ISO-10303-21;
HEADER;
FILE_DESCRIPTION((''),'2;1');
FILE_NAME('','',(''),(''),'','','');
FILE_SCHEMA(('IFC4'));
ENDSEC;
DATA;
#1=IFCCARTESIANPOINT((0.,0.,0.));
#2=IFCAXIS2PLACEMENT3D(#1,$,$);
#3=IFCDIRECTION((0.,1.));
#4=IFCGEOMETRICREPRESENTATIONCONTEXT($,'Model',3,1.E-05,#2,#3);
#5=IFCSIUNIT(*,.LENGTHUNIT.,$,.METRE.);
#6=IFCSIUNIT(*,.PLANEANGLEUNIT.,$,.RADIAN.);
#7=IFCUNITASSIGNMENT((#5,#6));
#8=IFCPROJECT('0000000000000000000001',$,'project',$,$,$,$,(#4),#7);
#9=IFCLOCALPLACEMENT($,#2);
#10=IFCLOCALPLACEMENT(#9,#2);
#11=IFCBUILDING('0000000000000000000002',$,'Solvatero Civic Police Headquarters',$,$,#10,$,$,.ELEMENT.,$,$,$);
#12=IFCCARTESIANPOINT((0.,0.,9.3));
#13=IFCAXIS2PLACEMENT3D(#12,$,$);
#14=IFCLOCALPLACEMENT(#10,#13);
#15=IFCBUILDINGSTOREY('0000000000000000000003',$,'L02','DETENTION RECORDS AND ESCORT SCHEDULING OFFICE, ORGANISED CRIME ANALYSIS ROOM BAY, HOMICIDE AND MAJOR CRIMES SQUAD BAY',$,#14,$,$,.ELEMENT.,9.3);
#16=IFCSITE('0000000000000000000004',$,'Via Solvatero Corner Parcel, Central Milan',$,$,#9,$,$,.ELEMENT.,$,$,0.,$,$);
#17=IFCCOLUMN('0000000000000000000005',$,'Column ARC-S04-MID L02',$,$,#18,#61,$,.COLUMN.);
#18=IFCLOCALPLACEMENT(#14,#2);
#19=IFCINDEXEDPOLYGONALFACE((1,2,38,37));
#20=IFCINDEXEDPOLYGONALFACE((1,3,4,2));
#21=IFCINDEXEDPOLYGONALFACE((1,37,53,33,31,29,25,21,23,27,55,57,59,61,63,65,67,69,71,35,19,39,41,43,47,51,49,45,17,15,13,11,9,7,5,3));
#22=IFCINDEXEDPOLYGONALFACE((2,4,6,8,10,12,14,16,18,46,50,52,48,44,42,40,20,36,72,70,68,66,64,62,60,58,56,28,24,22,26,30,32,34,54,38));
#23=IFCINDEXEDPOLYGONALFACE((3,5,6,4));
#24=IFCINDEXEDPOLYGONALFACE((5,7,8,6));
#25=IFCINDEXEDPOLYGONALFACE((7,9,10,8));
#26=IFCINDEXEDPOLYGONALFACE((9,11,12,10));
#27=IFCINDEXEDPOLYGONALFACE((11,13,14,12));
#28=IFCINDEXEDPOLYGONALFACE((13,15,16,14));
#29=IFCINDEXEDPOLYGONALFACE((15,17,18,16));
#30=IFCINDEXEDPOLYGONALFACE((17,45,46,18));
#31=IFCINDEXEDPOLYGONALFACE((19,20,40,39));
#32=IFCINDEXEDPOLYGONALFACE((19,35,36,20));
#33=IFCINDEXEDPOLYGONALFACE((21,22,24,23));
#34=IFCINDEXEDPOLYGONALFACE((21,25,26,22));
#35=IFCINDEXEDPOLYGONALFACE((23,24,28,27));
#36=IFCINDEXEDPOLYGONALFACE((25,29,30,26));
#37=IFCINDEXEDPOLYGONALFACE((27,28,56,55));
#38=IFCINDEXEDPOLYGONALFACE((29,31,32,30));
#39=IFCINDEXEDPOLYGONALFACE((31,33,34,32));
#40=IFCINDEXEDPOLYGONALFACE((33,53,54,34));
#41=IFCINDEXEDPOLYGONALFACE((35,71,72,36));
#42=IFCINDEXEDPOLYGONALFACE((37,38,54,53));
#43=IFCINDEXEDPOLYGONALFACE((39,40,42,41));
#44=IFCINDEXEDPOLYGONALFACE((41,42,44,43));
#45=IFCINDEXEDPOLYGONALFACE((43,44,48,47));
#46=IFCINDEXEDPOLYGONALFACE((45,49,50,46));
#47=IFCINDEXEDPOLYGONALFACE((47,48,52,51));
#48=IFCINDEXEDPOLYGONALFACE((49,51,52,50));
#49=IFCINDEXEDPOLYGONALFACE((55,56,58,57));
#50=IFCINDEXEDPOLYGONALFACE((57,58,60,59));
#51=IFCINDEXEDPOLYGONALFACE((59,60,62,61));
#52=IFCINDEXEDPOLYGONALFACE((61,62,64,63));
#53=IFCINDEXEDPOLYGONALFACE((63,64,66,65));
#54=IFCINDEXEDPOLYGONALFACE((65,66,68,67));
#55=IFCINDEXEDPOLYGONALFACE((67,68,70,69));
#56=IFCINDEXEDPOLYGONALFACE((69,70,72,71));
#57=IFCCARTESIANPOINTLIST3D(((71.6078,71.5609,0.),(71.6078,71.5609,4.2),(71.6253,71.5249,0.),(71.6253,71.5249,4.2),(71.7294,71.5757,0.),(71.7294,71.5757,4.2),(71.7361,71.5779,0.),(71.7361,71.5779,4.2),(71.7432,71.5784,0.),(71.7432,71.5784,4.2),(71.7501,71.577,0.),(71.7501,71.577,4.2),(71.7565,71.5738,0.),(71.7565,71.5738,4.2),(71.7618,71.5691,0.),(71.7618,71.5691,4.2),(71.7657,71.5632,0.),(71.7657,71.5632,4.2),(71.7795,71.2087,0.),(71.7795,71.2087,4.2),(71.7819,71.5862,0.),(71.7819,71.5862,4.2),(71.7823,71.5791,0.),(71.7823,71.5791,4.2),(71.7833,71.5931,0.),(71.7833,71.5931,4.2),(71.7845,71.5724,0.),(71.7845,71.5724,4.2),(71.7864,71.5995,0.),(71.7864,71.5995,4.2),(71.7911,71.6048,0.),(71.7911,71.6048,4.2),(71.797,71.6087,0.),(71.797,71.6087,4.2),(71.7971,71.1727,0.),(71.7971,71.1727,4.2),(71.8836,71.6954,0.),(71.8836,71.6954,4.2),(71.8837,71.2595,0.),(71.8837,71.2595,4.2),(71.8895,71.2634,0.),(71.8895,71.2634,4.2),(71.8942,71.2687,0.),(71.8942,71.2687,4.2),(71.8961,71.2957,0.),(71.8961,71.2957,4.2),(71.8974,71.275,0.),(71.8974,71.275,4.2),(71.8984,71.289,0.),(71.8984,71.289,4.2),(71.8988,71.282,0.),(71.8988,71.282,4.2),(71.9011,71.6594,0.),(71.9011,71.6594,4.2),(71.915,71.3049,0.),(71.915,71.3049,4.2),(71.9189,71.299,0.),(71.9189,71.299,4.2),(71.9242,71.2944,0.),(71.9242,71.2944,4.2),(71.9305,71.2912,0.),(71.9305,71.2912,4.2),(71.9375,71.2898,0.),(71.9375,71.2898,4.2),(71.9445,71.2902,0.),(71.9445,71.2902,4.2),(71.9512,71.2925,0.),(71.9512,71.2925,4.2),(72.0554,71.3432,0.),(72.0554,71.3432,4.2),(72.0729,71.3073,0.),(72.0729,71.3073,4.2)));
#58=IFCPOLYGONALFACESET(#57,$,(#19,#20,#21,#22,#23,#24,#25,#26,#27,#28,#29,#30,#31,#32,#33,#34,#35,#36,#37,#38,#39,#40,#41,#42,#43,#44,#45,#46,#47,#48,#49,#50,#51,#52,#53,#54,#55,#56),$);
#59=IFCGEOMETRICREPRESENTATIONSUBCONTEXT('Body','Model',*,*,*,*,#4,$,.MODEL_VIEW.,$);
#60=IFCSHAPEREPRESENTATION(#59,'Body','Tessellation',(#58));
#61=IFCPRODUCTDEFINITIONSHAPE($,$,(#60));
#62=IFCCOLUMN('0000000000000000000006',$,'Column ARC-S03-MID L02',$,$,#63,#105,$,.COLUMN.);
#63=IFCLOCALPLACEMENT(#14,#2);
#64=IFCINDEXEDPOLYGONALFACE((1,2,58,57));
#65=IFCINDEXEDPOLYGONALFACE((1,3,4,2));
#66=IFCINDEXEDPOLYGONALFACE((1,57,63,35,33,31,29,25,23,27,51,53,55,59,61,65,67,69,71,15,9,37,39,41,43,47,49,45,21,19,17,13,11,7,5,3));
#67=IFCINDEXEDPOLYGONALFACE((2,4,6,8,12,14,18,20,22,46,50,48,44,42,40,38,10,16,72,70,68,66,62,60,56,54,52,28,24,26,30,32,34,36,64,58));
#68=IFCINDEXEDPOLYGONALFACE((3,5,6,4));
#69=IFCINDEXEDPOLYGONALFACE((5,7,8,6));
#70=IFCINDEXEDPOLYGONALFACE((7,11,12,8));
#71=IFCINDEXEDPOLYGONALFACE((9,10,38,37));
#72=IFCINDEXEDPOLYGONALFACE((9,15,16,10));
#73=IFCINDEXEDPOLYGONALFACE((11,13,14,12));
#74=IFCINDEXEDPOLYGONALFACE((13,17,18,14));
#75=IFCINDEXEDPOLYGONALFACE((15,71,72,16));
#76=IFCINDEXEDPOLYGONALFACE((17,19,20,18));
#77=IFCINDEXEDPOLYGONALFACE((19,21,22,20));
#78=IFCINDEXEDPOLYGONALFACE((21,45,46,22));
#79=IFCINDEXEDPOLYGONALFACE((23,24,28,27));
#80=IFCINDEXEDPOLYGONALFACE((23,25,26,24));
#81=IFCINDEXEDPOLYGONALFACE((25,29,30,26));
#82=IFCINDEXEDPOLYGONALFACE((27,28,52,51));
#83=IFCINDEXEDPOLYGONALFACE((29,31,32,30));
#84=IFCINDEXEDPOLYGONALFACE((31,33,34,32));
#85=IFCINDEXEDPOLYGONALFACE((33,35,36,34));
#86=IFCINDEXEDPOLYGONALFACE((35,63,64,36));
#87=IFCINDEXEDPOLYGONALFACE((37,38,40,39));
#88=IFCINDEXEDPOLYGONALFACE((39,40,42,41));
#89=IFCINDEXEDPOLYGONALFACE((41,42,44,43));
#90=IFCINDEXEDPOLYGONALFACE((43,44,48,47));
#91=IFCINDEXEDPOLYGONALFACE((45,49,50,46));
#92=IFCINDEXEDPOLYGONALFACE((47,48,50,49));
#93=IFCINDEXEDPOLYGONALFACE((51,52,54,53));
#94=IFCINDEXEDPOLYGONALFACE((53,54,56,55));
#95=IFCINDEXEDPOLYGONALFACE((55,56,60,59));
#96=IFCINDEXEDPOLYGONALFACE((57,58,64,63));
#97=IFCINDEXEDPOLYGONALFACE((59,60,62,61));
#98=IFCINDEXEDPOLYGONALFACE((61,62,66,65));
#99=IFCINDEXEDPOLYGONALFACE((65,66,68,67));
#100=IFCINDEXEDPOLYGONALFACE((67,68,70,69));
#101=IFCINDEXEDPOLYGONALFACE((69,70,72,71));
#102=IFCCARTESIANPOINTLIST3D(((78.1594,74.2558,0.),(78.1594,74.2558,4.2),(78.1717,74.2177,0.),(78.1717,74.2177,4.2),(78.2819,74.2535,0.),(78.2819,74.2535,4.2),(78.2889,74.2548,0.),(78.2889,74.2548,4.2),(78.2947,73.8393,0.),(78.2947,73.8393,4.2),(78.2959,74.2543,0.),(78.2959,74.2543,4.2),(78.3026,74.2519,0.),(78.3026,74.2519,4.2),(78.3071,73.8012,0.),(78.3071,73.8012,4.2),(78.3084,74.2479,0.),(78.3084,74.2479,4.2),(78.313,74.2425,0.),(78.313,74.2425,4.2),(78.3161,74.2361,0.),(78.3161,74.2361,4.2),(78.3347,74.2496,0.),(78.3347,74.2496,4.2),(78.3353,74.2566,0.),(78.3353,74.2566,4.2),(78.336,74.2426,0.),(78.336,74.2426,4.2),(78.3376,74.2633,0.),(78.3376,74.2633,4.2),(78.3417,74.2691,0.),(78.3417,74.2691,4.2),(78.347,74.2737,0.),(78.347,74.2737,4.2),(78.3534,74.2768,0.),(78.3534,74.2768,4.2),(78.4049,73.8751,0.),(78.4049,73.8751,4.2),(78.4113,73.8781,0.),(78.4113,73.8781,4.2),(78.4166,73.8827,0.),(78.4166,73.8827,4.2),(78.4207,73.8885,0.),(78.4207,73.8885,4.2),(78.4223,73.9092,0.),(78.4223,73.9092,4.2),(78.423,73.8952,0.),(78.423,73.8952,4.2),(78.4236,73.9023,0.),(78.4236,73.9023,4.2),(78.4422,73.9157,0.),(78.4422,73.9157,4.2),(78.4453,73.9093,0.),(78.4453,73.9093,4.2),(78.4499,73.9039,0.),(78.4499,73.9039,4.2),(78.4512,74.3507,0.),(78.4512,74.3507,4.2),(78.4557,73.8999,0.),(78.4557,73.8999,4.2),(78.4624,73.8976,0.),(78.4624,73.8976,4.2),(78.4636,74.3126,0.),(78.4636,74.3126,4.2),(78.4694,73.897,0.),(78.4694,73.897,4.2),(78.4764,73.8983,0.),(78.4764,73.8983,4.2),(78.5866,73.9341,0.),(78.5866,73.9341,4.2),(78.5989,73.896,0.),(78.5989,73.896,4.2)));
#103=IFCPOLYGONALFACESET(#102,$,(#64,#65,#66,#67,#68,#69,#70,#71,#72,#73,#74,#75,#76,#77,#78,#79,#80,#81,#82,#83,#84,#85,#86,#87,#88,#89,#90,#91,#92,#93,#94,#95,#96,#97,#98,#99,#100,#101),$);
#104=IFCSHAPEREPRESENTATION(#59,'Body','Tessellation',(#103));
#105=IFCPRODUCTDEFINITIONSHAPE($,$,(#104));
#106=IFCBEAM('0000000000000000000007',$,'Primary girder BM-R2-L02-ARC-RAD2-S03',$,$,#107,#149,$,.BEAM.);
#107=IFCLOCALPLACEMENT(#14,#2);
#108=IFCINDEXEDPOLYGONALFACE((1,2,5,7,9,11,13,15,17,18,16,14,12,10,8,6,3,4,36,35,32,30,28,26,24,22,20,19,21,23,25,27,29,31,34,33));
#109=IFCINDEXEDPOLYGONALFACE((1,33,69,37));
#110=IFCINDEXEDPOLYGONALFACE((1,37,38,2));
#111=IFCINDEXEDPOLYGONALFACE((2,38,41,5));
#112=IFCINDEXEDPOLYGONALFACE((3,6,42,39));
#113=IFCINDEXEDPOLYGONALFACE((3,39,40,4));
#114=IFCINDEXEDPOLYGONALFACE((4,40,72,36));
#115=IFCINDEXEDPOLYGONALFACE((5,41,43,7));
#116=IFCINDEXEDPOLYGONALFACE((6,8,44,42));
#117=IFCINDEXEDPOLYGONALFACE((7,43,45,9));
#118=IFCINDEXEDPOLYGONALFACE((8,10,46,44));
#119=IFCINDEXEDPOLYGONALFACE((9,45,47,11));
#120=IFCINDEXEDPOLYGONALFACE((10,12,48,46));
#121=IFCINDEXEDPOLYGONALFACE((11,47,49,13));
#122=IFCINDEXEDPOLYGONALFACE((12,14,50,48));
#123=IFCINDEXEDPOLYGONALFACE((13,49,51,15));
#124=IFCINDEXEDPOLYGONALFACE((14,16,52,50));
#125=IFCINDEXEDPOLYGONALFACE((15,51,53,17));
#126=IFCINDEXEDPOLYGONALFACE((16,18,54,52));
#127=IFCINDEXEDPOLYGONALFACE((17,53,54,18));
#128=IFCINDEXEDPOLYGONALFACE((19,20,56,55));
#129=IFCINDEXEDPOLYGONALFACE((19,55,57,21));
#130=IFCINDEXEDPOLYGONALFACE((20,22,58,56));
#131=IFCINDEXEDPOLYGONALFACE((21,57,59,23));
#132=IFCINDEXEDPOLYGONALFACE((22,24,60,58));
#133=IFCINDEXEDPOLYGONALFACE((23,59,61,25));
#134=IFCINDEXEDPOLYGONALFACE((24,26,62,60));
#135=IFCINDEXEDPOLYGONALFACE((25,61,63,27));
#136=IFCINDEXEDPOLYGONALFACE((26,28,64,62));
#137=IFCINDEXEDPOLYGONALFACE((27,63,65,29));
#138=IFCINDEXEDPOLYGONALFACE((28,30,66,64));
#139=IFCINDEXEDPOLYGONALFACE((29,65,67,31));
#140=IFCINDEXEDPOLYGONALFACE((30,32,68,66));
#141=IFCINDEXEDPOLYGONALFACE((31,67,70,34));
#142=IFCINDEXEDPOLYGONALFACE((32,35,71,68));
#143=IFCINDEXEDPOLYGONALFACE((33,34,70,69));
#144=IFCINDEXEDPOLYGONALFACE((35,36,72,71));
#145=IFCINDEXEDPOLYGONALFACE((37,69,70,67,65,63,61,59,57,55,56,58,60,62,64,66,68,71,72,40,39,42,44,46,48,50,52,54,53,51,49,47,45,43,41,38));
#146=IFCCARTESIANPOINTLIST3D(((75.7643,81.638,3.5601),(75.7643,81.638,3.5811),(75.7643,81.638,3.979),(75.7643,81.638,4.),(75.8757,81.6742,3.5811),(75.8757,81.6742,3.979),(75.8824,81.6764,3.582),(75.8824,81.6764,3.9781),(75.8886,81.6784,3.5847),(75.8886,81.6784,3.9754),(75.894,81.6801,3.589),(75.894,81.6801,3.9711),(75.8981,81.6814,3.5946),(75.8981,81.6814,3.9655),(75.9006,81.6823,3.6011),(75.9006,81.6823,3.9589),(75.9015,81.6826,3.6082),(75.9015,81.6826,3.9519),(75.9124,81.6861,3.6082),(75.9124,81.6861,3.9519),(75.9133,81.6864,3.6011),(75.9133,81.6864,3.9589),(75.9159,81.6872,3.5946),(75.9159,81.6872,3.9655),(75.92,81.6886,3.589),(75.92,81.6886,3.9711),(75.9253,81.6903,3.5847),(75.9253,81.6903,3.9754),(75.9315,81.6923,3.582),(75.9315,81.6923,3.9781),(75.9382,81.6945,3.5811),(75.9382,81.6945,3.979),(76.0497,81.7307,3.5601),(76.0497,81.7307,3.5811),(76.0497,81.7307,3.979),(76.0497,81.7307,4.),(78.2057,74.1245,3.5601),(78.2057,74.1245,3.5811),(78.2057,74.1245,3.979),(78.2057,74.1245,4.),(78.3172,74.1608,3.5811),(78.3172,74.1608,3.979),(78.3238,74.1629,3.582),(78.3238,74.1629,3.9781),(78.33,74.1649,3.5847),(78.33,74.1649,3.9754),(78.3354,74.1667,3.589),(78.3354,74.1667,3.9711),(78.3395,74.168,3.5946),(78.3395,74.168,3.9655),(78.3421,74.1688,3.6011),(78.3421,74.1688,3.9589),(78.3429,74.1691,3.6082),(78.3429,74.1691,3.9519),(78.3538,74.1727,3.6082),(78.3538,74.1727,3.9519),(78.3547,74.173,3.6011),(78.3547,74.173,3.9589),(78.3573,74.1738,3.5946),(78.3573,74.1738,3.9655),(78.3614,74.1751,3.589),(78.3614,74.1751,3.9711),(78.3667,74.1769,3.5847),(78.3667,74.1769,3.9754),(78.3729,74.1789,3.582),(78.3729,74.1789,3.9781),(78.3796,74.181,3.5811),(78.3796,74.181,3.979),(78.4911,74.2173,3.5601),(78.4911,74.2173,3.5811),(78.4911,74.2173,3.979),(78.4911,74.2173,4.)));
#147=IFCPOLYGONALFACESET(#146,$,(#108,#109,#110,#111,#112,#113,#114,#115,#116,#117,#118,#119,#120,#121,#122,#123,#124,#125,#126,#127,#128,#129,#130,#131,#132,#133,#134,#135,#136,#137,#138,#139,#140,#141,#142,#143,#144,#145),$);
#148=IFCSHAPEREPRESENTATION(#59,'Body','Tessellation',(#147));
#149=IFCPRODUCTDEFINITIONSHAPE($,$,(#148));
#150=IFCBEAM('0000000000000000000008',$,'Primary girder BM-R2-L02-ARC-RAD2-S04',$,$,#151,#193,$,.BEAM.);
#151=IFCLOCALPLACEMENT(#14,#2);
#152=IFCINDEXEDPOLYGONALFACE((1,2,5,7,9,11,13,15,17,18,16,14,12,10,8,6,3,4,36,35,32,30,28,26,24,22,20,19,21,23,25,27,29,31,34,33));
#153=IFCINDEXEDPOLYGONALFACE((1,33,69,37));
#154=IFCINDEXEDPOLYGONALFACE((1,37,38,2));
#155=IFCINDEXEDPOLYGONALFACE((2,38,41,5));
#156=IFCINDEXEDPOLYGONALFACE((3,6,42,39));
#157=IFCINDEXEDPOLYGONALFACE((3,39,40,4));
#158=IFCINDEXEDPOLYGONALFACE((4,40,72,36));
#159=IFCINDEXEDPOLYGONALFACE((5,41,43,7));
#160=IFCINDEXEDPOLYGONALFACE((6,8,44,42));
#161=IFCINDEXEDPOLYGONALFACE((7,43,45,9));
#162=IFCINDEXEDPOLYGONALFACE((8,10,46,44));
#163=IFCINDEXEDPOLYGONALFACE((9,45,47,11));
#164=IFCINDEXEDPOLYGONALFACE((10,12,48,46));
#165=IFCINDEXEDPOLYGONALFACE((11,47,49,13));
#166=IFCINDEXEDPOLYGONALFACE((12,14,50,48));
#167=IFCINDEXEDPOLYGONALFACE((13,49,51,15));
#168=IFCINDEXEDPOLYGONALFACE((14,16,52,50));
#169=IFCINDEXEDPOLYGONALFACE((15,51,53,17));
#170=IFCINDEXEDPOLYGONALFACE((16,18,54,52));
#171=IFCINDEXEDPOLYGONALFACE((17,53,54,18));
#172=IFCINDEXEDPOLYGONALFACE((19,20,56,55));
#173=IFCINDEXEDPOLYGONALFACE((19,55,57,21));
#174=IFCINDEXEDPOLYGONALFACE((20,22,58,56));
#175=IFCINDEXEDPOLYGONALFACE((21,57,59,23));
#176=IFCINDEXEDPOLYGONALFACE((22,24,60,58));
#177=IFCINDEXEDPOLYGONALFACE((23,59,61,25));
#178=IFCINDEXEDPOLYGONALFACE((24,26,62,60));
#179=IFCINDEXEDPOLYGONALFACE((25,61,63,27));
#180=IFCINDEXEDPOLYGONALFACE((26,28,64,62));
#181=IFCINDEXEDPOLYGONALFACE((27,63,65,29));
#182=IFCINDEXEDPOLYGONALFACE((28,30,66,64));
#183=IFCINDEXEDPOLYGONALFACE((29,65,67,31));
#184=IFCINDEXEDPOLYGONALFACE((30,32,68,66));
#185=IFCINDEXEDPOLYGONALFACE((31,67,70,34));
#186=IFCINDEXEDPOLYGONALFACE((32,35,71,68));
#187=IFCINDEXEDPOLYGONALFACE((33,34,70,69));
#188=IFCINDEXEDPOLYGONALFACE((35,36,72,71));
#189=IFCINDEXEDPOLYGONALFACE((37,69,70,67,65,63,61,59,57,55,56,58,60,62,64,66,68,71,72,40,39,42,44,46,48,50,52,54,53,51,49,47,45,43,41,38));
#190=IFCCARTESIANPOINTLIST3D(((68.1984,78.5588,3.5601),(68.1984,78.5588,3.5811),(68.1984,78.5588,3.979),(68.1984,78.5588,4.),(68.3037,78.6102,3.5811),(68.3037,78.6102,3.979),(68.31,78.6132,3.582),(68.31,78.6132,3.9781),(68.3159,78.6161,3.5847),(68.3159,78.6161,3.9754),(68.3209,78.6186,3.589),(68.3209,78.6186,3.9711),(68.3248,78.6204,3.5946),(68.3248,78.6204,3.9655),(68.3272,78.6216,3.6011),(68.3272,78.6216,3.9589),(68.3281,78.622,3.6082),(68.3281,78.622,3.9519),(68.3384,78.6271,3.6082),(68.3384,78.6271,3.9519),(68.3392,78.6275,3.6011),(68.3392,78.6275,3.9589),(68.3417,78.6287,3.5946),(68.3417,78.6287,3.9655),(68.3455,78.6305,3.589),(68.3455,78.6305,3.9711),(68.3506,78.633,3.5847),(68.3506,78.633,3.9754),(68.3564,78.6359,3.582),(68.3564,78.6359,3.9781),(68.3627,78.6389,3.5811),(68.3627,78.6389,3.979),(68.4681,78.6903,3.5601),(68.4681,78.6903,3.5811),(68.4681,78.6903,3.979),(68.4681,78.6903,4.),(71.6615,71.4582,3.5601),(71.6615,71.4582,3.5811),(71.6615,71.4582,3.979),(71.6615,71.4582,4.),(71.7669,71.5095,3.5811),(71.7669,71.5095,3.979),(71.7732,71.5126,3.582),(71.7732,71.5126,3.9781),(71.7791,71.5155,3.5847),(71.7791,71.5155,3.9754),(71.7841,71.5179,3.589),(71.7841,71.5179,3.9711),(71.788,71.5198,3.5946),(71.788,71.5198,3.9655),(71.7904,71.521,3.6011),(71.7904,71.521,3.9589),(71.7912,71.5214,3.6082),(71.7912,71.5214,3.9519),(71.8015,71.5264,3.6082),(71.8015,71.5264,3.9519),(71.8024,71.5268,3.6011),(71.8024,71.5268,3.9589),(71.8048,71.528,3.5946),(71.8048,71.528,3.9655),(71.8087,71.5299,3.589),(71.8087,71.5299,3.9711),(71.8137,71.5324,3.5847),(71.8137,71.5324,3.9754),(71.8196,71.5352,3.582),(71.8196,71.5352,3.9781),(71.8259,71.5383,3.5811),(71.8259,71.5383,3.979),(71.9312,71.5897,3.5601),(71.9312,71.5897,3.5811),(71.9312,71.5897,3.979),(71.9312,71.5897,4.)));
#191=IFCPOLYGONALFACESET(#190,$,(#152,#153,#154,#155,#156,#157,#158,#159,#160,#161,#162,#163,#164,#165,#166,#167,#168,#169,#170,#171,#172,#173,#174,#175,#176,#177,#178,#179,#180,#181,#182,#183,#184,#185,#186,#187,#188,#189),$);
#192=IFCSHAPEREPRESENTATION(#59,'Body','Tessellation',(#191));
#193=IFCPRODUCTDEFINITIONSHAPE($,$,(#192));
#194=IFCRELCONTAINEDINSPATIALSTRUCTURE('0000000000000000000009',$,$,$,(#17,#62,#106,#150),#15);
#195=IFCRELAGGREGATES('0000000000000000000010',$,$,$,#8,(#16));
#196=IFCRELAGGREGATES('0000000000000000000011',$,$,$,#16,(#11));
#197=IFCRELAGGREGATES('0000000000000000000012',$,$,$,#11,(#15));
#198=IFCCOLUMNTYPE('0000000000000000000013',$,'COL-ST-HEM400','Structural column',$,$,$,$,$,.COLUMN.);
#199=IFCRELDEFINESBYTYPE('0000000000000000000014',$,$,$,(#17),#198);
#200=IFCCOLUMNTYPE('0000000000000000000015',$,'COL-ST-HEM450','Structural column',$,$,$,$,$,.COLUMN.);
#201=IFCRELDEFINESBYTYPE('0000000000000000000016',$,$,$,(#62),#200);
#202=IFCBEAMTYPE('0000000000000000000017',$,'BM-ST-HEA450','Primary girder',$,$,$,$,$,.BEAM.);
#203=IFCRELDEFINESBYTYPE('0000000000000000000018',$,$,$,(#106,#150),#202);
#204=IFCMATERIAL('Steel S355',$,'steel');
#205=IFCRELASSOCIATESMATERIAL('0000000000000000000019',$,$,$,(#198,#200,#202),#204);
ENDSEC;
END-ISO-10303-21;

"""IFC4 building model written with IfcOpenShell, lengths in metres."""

from ifc_helpers import new_model, si_unit, direction, frame, origin, origin_2d, place, context, subcontext, project, spatial, i_section, extrude, material, material_profile, profile_set, type_object, element, save


model = new_model("IFC4")

# Units and contexts
model_context = context("Model", 3, precision=1e-05, world=origin(), true_north=direction((0.0, 1.0)))
body_context = subcontext(model_context, "Body", "Model", "MODEL_VIEW")
ifc_project = project(units=[si_unit("LENGTHUNIT", "METRE"), si_unit("PLANEANGLEUNIT", "RADIAN")], contexts=[model_context])

# Site, building, storey
site_placement = place(None, origin())
site = spatial("IfcSite", under=ifc_project, at=site_placement, Name="Via Solvatero Corner Parcel, Central Milan", CompositionType="ELEMENT", RefElevation=0.0)
building_placement = place(site_placement, origin())
building = spatial("IfcBuilding", under=site, at=building_placement, Name="Solvatero Civic Police Headquarters", CompositionType="ELEMENT")
storey_placement = place(building_placement, frame((0.0, 0.0, 9.3)))
storey = spatial("IfcBuildingStorey", under=building, at=storey_placement, Name="L02", Description="DETENTION RECORDS AND ESCORT SCHEDULING OFFICE, ORGANISED CRIME ANALYSIS ROOM BAY, HOMICIDE AND MAJOR CRIMES SQUAD BAY", CompositionType="ELEMENT", Elevation=9.3)

# Columns
ifc_material_1 = material(Name="Steel S355", Category="steel")
ifc_material_profile_1 = material_profile(ifc_material_1, i_section(OverallWidth=0.3069, OverallDepth=0.4319, WebThickness=0.021, FlangeThickness=0.04, FilletRadius=0.0271, at=origin_2d()), Name="HEM 400")
ifc_profile_set_1 = profile_set([ifc_material_profile_1], Name="Steel S355")
column_type_1 = type_object("IfcColumnType", Name="COL-ST-HEM400", Description="Structural column", PredefinedType="COLUMN", material=ifc_profile_set_1)
column_1_placement = place(storey_placement, frame((71.8403, 71.4341, 0.0), z_axis=(0.0, 0.0, 1.0), x_axis=(0.898794, 0.438371, 0.0)))
element("IfcColumn", 1, at=column_1_placement, inside=storey, type_object=column_type_1, Name="Column ARC-S04-MID L02", PredefinedType="COLUMN", context=body_context, shape_type="SweptSolid", body=[
    extrude(i_section(OverallWidth=0.3069, OverallDepth=0.4319, WebThickness=0.021, FlangeThickness=0.04, FilletRadius=0.0271, at=origin_2d()), origin(), (0.0, 0.0, 1.0), 4.2),
])
ifc_material_profile_2 = material_profile(ifc_material_1, i_section(OverallWidth=0.3069, OverallDepth=0.478, WebThickness=0.021, FlangeThickness=0.04, FilletRadius=0.0271, at=origin_2d()), Name="HEM 450")
ifc_profile_set_2 = profile_set([ifc_material_profile_2], Name="Steel S355")
column_type_2 = type_object("IfcColumnType", Name="COL-ST-HEM450", Description="Structural column", PredefinedType="COLUMN", material=ifc_profile_set_2)
column_2_placement = place(storey_placement, frame((78.3792, 74.0759, 0.0), z_axis=(0.0, 0.0, 1.0), x_axis=(0.951057, 0.309017, 0.0)))
element("IfcColumn", 2, at=column_2_placement, inside=storey, type_object=column_type_2, Name="Column ARC-S03-MID L02", PredefinedType="COLUMN", context=body_context, shape_type="SweptSolid", body=[
    extrude(i_section(OverallWidth=0.3069, OverallDepth=0.478, WebThickness=0.021, FlangeThickness=0.04, FilletRadius=0.0271, at=origin_2d()), origin(), (0.0, 0.0, 1.0), 4.2),
])

# Beams
ifc_material_profile_3 = material_profile(ifc_material_1, i_section(OverallWidth=0.3, OverallDepth=0.4399, WebThickness=0.0115, FlangeThickness=0.021, FilletRadius=0.0271, at=origin_2d()), Name="HEA 450")
ifc_profile_set_3 = profile_set([ifc_material_profile_3], Name="Steel S355")
beam_type_1 = type_object("IfcBeamType", Name="BM-ST-HEA450", Description="Primary girder", PredefinedType="BEAM", material=ifc_profile_set_3)
for number, where, z_axis, x_axis, name in (
    (3, (78.3484, 74.1709, 3.78), (-0.309034, 0.951051, 0.0), (-0.951051, -0.309034, 0.0), "Primary girder BM-R2-L02-ARC-RAD2-S03"),
    (4, (71.7964, 71.5239, 3.78), (-0.438366, 0.898797, 0.0), (-0.898797, -0.438366, 0.0), "Primary girder BM-R2-L02-ARC-RAD2-S04"),
):
    element("IfcBeam", number, at=place(storey_placement, frame(where, z_axis=z_axis, x_axis=x_axis)), inside=storey, type_object=beam_type_1, Name=name, PredefinedType="BEAM", context=body_context, shape_type="SweptSolid", body=[
        extrude(i_section(OverallWidth=0.3, OverallDepth=0.4399, WebThickness=0.0115, FlangeThickness=0.021, FilletRadius=0.0271, at=origin_2d()), origin(), (0.0, 0.0, 1.0), 7.9001),
    ])

save(model, "model.ifc")
